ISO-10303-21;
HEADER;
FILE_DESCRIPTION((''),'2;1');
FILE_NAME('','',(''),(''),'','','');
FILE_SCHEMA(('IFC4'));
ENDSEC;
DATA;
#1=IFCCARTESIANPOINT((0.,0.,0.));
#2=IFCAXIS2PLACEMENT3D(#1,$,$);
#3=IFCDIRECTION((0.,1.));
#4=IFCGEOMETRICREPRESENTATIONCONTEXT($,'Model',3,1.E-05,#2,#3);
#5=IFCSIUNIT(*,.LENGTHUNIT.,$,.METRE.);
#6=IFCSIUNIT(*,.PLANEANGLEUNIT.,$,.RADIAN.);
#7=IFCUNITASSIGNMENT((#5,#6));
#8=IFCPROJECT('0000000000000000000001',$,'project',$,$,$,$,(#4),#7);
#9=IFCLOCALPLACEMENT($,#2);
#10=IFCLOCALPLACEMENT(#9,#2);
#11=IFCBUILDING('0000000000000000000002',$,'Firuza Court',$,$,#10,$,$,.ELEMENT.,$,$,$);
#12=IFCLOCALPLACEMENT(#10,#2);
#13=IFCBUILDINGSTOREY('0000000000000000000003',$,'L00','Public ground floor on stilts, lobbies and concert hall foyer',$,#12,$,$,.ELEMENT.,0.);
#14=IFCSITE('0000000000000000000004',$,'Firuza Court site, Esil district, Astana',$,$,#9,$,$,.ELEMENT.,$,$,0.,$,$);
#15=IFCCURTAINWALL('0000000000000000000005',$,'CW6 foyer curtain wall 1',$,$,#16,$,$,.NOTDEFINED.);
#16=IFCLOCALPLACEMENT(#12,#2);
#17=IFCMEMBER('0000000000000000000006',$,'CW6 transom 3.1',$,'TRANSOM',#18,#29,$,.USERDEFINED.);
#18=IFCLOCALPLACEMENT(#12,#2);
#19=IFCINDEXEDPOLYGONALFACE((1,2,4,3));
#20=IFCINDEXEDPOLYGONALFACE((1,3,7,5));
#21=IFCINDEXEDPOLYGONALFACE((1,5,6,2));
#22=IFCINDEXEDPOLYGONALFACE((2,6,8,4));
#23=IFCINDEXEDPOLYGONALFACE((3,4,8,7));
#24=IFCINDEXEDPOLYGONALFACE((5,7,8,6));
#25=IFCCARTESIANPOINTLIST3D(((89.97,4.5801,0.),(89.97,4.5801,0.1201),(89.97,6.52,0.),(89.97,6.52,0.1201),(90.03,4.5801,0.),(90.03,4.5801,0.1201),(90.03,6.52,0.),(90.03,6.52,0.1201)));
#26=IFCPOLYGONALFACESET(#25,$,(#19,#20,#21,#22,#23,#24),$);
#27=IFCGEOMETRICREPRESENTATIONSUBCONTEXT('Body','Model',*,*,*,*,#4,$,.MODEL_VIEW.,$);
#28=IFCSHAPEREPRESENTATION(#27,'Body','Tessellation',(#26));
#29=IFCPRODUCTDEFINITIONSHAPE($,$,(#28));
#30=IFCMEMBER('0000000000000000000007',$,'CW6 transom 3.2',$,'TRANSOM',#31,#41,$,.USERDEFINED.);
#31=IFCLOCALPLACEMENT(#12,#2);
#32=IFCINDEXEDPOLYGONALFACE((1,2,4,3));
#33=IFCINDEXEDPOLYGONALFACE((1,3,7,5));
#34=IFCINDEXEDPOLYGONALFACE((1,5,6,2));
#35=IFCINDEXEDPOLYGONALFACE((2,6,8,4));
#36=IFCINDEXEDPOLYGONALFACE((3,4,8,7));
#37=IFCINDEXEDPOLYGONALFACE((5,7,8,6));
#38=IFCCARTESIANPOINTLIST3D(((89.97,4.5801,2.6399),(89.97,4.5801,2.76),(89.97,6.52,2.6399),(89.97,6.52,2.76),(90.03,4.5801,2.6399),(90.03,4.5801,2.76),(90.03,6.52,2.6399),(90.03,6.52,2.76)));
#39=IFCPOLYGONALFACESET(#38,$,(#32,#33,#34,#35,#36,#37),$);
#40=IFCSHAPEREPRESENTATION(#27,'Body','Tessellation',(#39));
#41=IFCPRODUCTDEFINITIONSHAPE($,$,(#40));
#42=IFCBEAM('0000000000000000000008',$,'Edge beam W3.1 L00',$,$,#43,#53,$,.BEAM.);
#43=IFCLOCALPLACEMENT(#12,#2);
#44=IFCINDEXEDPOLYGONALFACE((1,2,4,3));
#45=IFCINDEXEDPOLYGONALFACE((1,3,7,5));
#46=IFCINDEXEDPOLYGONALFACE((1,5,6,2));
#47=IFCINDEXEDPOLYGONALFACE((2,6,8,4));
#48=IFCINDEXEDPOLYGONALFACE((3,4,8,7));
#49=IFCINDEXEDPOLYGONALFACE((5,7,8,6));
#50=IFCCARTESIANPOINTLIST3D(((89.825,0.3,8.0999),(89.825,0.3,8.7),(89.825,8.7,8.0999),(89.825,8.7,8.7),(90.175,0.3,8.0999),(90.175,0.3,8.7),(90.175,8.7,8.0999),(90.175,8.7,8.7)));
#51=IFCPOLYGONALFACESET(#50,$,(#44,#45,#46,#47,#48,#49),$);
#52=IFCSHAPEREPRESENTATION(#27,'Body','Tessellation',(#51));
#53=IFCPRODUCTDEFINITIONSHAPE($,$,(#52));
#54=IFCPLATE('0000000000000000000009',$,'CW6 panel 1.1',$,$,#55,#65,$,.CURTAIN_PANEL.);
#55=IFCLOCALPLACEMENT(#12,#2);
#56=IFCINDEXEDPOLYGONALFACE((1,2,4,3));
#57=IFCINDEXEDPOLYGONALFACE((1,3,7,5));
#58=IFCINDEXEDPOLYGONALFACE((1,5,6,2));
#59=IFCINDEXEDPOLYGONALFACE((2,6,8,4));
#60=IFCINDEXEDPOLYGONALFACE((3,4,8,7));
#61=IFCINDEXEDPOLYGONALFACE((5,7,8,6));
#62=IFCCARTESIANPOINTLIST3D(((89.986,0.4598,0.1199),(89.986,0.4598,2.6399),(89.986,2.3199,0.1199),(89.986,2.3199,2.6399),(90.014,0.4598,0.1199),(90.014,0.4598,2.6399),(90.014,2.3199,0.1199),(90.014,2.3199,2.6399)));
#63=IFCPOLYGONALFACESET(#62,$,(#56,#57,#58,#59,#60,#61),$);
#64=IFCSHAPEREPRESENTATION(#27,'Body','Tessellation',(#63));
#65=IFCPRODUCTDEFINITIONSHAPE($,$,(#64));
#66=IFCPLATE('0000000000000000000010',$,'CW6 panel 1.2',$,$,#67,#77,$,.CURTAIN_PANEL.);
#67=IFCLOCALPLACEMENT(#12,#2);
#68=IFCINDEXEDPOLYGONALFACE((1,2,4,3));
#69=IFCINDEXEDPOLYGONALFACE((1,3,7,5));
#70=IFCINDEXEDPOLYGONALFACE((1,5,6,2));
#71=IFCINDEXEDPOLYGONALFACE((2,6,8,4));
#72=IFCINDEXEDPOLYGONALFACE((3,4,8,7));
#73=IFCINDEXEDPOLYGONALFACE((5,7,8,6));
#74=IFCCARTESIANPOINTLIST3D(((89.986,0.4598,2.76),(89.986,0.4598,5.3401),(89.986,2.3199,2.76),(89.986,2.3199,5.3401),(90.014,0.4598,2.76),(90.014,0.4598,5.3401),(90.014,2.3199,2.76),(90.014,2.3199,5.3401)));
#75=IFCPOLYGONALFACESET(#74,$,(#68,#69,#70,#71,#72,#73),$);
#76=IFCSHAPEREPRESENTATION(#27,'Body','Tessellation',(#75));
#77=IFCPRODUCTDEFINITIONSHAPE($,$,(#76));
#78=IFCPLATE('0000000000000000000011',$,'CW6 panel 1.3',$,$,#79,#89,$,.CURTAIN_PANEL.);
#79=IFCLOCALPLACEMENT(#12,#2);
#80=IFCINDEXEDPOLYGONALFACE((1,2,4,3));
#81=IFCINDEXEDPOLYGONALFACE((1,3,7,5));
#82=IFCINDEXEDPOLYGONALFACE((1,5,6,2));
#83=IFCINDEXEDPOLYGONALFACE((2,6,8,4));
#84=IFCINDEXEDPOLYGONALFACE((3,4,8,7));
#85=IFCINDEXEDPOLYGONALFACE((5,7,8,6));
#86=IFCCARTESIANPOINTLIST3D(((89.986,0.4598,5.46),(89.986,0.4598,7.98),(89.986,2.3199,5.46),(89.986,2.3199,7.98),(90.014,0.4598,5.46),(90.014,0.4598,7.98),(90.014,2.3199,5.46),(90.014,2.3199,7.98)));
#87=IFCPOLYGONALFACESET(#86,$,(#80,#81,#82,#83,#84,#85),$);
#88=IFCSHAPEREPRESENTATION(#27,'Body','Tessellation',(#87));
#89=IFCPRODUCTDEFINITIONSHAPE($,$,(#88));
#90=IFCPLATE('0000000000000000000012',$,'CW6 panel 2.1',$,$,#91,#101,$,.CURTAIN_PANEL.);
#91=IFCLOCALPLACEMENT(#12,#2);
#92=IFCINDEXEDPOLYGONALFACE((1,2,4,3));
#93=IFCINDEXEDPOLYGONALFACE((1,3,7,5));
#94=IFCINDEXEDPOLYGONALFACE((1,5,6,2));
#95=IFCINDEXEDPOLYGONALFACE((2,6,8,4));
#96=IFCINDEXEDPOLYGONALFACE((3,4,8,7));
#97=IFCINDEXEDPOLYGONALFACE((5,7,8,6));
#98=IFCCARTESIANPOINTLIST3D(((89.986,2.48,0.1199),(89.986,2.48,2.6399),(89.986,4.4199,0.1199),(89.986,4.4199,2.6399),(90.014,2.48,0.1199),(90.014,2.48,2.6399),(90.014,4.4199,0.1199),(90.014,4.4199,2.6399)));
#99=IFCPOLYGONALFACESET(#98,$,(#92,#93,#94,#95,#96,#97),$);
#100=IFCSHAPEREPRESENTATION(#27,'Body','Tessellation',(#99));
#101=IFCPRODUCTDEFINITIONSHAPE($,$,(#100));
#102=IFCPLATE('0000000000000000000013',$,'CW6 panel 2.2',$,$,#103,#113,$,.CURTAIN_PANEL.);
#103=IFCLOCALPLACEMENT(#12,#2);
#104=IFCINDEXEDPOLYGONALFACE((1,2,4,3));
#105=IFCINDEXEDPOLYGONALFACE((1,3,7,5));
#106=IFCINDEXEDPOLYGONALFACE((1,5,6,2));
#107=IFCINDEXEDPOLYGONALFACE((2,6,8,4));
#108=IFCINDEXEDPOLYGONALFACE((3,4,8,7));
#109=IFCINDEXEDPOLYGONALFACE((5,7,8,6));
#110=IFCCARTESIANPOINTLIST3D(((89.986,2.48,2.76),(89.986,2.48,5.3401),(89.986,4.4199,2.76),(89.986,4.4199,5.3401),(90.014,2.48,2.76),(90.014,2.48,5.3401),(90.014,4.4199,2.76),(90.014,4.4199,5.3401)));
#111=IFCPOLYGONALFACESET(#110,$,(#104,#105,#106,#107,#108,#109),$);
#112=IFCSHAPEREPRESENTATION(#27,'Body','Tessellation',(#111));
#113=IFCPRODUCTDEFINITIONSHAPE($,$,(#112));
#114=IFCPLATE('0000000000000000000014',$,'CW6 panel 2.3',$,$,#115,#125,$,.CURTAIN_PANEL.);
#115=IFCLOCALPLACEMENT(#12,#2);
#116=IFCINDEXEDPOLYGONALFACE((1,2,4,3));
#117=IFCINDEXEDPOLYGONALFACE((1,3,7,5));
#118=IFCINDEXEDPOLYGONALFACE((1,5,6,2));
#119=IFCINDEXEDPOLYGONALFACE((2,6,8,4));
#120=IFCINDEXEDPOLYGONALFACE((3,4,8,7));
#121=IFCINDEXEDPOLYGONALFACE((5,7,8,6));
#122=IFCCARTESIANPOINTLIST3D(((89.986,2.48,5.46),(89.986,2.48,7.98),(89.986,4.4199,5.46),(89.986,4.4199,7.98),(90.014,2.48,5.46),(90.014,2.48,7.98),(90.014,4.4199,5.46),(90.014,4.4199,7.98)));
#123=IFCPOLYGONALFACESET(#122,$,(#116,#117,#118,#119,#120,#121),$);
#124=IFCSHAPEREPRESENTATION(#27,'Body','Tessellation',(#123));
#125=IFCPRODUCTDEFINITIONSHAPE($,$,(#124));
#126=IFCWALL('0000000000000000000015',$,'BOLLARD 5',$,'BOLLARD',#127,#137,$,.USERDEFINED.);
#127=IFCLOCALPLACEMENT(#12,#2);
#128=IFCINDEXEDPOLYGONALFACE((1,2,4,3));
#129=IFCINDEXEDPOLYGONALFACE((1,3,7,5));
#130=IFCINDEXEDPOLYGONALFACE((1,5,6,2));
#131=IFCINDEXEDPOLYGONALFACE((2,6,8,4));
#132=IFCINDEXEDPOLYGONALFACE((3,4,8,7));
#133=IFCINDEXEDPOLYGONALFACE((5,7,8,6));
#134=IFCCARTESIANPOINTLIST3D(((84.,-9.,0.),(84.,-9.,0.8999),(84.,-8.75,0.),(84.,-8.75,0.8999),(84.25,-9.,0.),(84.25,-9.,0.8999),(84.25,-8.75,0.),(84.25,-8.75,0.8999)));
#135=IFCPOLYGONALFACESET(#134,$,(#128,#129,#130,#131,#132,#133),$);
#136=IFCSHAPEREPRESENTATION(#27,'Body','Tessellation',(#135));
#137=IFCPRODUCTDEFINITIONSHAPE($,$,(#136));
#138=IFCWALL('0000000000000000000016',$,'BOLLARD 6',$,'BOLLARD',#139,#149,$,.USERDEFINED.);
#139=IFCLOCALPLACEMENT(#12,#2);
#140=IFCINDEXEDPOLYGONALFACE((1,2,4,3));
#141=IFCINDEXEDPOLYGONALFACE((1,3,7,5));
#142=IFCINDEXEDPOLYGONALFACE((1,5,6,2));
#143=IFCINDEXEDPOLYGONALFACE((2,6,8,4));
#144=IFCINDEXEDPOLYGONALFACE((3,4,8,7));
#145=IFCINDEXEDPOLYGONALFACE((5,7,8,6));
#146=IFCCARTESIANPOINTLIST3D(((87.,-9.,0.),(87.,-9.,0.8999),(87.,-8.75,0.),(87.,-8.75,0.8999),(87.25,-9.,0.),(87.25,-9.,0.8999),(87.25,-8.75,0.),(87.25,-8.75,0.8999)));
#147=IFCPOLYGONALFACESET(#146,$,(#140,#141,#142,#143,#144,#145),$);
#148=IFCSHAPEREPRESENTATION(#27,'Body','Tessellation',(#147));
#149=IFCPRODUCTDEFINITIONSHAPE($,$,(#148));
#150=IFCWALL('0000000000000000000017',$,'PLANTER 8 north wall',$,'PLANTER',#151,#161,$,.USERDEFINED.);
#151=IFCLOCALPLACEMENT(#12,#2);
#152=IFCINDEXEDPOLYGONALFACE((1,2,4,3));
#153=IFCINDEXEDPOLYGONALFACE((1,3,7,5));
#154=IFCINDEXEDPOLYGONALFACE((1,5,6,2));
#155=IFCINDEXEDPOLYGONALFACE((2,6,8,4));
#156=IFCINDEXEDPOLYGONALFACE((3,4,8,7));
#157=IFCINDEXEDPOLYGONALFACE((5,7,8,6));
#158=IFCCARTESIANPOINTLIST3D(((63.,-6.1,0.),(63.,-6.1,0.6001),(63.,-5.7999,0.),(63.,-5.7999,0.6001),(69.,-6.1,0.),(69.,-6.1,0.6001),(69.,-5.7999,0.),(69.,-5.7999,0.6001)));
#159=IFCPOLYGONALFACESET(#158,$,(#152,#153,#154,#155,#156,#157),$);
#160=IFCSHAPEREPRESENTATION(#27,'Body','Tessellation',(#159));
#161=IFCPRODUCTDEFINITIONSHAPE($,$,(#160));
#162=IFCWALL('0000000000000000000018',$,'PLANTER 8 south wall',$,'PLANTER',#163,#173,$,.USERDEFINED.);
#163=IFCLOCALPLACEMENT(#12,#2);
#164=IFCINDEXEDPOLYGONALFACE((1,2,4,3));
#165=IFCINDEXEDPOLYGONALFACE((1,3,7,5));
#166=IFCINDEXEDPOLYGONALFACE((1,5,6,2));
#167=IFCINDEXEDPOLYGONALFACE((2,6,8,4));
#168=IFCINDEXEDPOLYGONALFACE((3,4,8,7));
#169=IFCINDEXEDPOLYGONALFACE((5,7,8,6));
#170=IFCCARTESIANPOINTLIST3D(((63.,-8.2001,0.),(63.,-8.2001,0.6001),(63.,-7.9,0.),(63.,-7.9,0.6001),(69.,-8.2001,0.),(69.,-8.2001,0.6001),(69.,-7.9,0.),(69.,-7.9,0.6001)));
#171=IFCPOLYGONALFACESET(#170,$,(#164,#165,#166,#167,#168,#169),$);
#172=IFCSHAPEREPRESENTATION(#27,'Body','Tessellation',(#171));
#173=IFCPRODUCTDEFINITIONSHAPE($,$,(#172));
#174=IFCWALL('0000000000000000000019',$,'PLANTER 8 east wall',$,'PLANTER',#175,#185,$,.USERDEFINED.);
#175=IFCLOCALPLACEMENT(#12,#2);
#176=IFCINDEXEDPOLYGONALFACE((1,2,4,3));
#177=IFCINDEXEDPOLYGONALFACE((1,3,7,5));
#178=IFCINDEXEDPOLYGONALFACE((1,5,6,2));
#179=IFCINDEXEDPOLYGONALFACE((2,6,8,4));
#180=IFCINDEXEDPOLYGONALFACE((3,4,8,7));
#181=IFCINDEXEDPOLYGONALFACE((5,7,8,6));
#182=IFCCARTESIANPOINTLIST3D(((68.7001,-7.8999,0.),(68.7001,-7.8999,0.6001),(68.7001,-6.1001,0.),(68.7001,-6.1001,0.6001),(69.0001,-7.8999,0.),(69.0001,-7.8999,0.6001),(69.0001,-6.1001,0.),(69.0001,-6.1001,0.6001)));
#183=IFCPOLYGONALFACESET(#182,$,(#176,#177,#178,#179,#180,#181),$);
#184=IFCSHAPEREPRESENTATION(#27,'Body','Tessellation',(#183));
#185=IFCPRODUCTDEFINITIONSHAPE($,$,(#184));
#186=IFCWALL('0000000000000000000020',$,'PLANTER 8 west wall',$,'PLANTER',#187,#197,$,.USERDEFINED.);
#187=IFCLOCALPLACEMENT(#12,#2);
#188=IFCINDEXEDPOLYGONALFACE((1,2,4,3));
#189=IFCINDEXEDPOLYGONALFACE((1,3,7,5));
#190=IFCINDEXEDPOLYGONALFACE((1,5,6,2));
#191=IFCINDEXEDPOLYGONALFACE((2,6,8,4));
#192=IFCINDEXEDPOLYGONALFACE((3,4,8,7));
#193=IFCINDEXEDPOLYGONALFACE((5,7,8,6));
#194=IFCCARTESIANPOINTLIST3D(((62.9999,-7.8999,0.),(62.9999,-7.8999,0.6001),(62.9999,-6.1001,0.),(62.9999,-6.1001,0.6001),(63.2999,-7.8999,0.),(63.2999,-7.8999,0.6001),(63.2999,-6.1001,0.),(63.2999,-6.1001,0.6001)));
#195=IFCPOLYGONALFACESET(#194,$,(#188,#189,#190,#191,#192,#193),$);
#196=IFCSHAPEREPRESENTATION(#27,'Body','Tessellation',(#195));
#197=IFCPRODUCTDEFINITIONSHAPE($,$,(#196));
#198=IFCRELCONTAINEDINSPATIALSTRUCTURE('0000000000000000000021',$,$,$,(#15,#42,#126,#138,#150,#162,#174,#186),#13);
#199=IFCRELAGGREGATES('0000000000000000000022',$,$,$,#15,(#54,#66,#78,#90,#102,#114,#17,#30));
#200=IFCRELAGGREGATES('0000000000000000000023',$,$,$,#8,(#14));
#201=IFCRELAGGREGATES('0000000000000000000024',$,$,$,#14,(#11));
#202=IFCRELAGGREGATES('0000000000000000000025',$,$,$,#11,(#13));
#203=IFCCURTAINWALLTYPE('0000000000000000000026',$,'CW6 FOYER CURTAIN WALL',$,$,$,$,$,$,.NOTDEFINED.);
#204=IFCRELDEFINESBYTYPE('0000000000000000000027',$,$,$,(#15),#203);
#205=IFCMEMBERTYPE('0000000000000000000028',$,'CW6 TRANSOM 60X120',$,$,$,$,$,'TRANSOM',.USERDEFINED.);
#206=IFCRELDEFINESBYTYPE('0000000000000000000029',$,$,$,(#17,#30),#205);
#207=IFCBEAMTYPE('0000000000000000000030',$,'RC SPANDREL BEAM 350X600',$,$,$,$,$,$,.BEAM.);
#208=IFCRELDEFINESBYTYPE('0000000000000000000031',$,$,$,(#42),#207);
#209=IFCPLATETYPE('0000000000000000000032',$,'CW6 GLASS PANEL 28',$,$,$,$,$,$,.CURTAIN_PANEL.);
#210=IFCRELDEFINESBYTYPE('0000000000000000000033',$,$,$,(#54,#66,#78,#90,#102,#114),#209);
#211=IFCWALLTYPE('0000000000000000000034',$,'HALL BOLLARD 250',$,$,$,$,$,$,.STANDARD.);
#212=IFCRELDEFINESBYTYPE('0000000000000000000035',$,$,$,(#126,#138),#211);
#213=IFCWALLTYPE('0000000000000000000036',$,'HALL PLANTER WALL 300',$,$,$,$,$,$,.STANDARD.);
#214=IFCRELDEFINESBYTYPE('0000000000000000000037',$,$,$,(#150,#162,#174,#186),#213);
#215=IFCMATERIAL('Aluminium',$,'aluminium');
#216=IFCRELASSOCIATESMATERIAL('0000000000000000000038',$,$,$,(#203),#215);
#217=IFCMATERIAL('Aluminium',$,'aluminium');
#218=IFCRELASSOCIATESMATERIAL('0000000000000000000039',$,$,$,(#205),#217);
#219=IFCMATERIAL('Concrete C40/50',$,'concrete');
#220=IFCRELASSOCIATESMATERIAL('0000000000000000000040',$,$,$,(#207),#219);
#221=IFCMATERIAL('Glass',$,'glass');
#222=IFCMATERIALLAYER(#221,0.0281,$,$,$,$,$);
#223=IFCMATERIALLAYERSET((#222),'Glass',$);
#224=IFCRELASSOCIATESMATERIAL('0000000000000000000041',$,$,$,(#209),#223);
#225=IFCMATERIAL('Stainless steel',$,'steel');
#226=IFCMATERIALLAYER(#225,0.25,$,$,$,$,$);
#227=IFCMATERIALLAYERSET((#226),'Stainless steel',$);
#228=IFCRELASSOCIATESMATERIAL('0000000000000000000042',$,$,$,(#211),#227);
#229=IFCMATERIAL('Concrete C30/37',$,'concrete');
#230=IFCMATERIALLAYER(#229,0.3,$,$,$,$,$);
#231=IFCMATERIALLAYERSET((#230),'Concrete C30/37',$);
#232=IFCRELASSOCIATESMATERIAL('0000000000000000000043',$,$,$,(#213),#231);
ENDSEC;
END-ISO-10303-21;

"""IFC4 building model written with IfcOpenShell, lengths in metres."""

from ifc_helpers import new_model, si_unit, direction, frame, frame_2d, origin, origin_2d, place, context, subcontext, project, spatial, rectangle, extrude, material, layer, layer_set, material_profile, profile_set, type_object, element, aggregate, save


model = new_model("IFC4")

# Units and contexts
model_context = context("Model", 3, precision=1e-05, world=origin(), true_north=direction((0.0, 1.0)))
body_context = subcontext(model_context, "Body", "Model", "MODEL_VIEW")
ifc_project = project(units=[si_unit("LENGTHUNIT", "METRE"), si_unit("PLANEANGLEUNIT", "RADIAN")], contexts=[model_context])

# Site, building, storey
site_placement = place(None, origin())
site = spatial("IfcSite", under=ifc_project, at=site_placement, Name="Firuza Court site, Esil district, Astana", CompositionType="ELEMENT", RefElevation=0.0)
building_placement = place(site_placement, origin())
building = spatial("IfcBuilding", under=site, at=building_placement, Name="Firuza Court", CompositionType="ELEMENT")
storey_placement = place(building_placement, origin())
storey = spatial("IfcBuildingStorey", under=building, at=storey_placement, Name="L00", Description="Public ground floor on stilts, lobbies and concert hall foyer", CompositionType="ELEMENT", Elevation=0.0)

# Curtain wall, members
ifc_material_1 = material(Name="Aluminium", Category="aluminium")
curtain_wall_type = type_object("IfcCurtainWallType", Name="CW6 FOYER CURTAIN WALL", PredefinedType="NOTDEFINED", material=ifc_material_1)
curtain_wall_placement = place(storey_placement, origin())
curtain_wall = element("IfcCurtainWall", 1, at=curtain_wall_placement, inside=storey, type_object=curtain_wall_type, Name="CW6 foyer curtain wall 1", PredefinedType="NOTDEFINED")
ifc_material_2 = material(Name="Aluminium", Category="aluminium")
ifc_material_profile_1 = material_profile(ifc_material_2, rectangle(XDim=0.0601, YDim=0.1201, at=origin_2d()), Name="TRANSOM 60X120")
ifc_profile_set_1 = profile_set([ifc_material_profile_1], Name="Aluminium")
member_type_1 = type_object("IfcMemberType", Name="CW6 TRANSOM 60X120", ElementType="TRANSOM", PredefinedType="USERDEFINED", material=ifc_profile_set_1)
member_1_placement = place(storey_placement, frame((90.0, 4.5801, 0.0601), z_axis=(0.0, 1.0, 0.0), x_axis=(-1.0, 0.0, 0.0)))
member_1 = element("IfcMember", 2, at=member_1_placement, type_object=member_type_1, Name="CW6 transom 3.1", ObjectType="TRANSOM", PredefinedType="USERDEFINED", context=body_context, shape_type="SweptSolid", body=[
    extrude(rectangle(XDim=0.0601, YDim=0.1201, at=origin_2d()), origin(), (0.0, 0.0, 1.0), 1.9399),
])
member_2_placement = place(storey_placement, frame((90.0, 4.5801, 2.7), z_axis=(0.0, 1.0, 0.0), x_axis=(-1.0, 0.0, 0.0)))
member_2 = element("IfcMember", 3, at=member_2_placement, type_object=member_type_1, Name="CW6 transom 3.2", ObjectType="TRANSOM", PredefinedType="USERDEFINED", context=body_context, shape_type="SweptSolid", body=[
    extrude(rectangle(XDim=0.0601, YDim=0.1201, at=origin_2d()), origin(), (0.0, 0.0, 1.0), 1.9399),
])

# Beam
ifc_material_3 = material(Name="Concrete C40/50", Category="concrete")
ifc_material_profile_2 = material_profile(ifc_material_3, rectangle(XDim=0.3501, YDim=0.6001, at=origin_2d()), Name="RC 350X600")
ifc_profile_set_2 = profile_set([ifc_material_profile_2], Name="Concrete C40/50")
beam_type = type_object("IfcBeamType", Name="RC SPANDREL BEAM 350X600", PredefinedType="BEAM", material=ifc_profile_set_2)
beam_placement = place(storey_placement, frame((90.0, 0.3, 8.3999), z_axis=(0.0, 1.0, 0.0), x_axis=(-1.0, 0.0, 0.0)))
element("IfcBeam", 4, at=beam_placement, inside=storey, type_object=beam_type, Name="Edge beam W3.1 L00", PredefinedType="BEAM", context=body_context, shape_type="SweptSolid", body=[
    extrude(rectangle(XDim=0.3501, YDim=0.6001, at=origin_2d()), origin(), (0.0, 0.0, 1.0), 8.3999),
])

# Plates
ifc_material_4 = material(Name="Glass", Category="glass")
ifc_layer_1 = layer(ifc_material_4, 0.0281)
ifc_layer_set_1 = layer_set([ifc_layer_1], Name="Glass")
plate_type = type_object("IfcPlateType", Name="CW6 GLASS PANEL 28", PredefinedType="CURTAIN_PANEL", material=ifc_layer_set_1)
plate_1_placement = place(storey_placement, frame((90.0, 1.3899, 0.1199), z_axis=(0.0, 0.0, 1.0), x_axis=(0.0, 1.0, 0.0)))
plate_1 = element("IfcPlate", 5, at=plate_1_placement, type_object=plate_type, Name="CW6 panel 1.1", PredefinedType="CURTAIN_PANEL", context=body_context, shape_type="SweptSolid", body=[
    extrude(rectangle(XDim=1.8601, YDim=0.0281, at=origin_2d()), origin(), (0.0, 0.0, 1.0), 2.52),
])
plate_2_placement = place(storey_placement, frame((90.0, 1.3899, 2.76), z_axis=(0.0, 0.0, 1.0), x_axis=(0.0, 1.0, 0.0)))
plate_2 = element("IfcPlate", 6, at=plate_2_placement, type_object=plate_type, Name="CW6 panel 1.2", PredefinedType="CURTAIN_PANEL", context=body_context, shape_type="SweptSolid", body=[
    extrude(rectangle(XDim=1.8601, YDim=0.0281, at=origin_2d()), origin(), (0.0, 0.0, 1.0), 2.5801),
])
plate_3_placement = place(storey_placement, frame((90.0, 1.3899, 5.46), z_axis=(0.0, 0.0, 1.0), x_axis=(0.0, 1.0, 0.0)))
plate_3 = element("IfcPlate", 7, at=plate_3_placement, type_object=plate_type, Name="CW6 panel 1.3", PredefinedType="CURTAIN_PANEL", context=body_context, shape_type="SweptSolid", body=[
    extrude(rectangle(XDim=1.8601, YDim=0.0281, at=origin_2d()), origin(), (0.0, 0.0, 1.0), 2.52),
])
plate_4_placement = place(storey_placement, frame((90.0, 3.45, 0.1199), z_axis=(0.0, 0.0, 1.0), x_axis=(0.0, 1.0, 0.0)))
plate_4 = element("IfcPlate", 8, at=plate_4_placement, type_object=plate_type, Name="CW6 panel 2.1", PredefinedType="CURTAIN_PANEL", context=body_context, shape_type="SweptSolid", body=[
    extrude(rectangle(XDim=1.9399, YDim=0.0281, at=origin_2d()), origin(), (0.0, 0.0, 1.0), 2.52),
])
plate_5_placement = place(storey_placement, frame((90.0, 3.45, 2.76), z_axis=(0.0, 0.0, 1.0), x_axis=(0.0, 1.0, 0.0)))
plate_5 = element("IfcPlate", 9, at=plate_5_placement, type_object=plate_type, Name="CW6 panel 2.2", PredefinedType="CURTAIN_PANEL", context=body_context, shape_type="SweptSolid", body=[
    extrude(rectangle(XDim=1.9399, YDim=0.0281, at=origin_2d()), origin(), (0.0, 0.0, 1.0), 2.5801),
])
plate_6_placement = place(storey_placement, frame((90.0, 3.45, 5.46), z_axis=(0.0, 0.0, 1.0), x_axis=(0.0, 1.0, 0.0)))
plate_6 = element("IfcPlate", 10, at=plate_6_placement, type_object=plate_type, Name="CW6 panel 2.3", PredefinedType="CURTAIN_PANEL", context=body_context, shape_type="SweptSolid", body=[
    extrude(rectangle(XDim=1.9399, YDim=0.0281, at=origin_2d()), origin(), (0.0, 0.0, 1.0), 2.52),
])
aggregate(curtain_wall, [plate_1, plate_2, plate_3, plate_4, plate_5, plate_6, member_1, member_2])

# Walls
ifc_material_5 = material(Name="Stainless steel", Category="steel")
ifc_layer_2 = layer(ifc_material_5, 0.25)
ifc_layer_set_2 = layer_set([ifc_layer_2], Name="Stainless steel")
wall_type_1 = type_object("IfcWallType", Name="HALL BOLLARD 250", PredefinedType="STANDARD", material=ifc_layer_set_2)
for number, where, z_axis, x_axis, name in (
    (11, (84.0, -8.875, 0.0), (0.0, 0.0, 1.0), (1.0, 0.0, 0.0), "BOLLARD 5"),
    (12, (87.0, -8.875, 0.0), (0.0, 0.0, 1.0), (1.0, 0.0, 0.0), "BOLLARD 6"),
):
    element("IfcWall", number, at=place(storey_placement, frame(where, z_axis=z_axis, x_axis=x_axis)), inside=storey, type_object=wall_type_1, Name=name, ObjectType="BOLLARD", PredefinedType="USERDEFINED", context=body_context, shape_type="SweptSolid", body=[
        extrude(rectangle(XDim=0.25, YDim=0.25, at=frame_2d((0.125, 0.0))), origin(), (0.0, 0.0, 1.0), 0.8999),
    ])
ifc_material_6 = material(Name="Concrete C30/37", Category="concrete")
ifc_layer_3 = layer(ifc_material_6, 0.3)
ifc_layer_set_3 = layer_set([ifc_layer_3], Name="Concrete C30/37")
wall_type_2 = type_object("IfcWallType", Name="HALL PLANTER WALL 300", PredefinedType="STANDARD", material=ifc_layer_set_3)
for number, where, z_axis, x_axis, name in (
    (13, (63.0, -5.95, 0.0), (0.0, 0.0, 1.0), (1.0, 0.0, 0.0), "PLANTER 8 north wall"),
    (14, (63.0, -8.05, 0.0), (0.0, 0.0, 1.0), (1.0, 0.0, 0.0), "PLANTER 8 south wall"),
):
    element("IfcWall", number, at=place(storey_placement, frame(where, z_axis=z_axis, x_axis=x_axis)), inside=storey, type_object=wall_type_2, Name=name, ObjectType="PLANTER", PredefinedType="USERDEFINED", context=body_context, shape_type="SweptSolid", body=[
        extrude(rectangle(XDim=6.0, YDim=0.3, at=frame_2d((3.0, 0.0))), origin(), (0.0, 0.0, 1.0), 0.6001),
    ])
for number, where, z_axis, x_axis, name in (
    (15, (68.8501, -7.8999, 0.0), (0.0, 0.0, 1.0), (0.0, 1.0, 0.0), "PLANTER 8 east wall"),
    (16, (63.1499, -7.8999, 0.0), (0.0, 0.0, 1.0), (0.0, 1.0, 0.0), "PLANTER 8 west wall"),
):
    element("IfcWall", number, at=place(storey_placement, frame(where, z_axis=z_axis, x_axis=x_axis)), inside=storey, type_object=wall_type_2, Name=name, ObjectType="PLANTER", PredefinedType="USERDEFINED", context=body_context, shape_type="SweptSolid", body=[
        extrude(rectangle(XDim=1.7998, YDim=0.3, at=frame_2d((0.8999, 0.0))), origin(), (0.0, 0.0, 1.0), 0.6001),
    ])

save(model, "model.ifc")
